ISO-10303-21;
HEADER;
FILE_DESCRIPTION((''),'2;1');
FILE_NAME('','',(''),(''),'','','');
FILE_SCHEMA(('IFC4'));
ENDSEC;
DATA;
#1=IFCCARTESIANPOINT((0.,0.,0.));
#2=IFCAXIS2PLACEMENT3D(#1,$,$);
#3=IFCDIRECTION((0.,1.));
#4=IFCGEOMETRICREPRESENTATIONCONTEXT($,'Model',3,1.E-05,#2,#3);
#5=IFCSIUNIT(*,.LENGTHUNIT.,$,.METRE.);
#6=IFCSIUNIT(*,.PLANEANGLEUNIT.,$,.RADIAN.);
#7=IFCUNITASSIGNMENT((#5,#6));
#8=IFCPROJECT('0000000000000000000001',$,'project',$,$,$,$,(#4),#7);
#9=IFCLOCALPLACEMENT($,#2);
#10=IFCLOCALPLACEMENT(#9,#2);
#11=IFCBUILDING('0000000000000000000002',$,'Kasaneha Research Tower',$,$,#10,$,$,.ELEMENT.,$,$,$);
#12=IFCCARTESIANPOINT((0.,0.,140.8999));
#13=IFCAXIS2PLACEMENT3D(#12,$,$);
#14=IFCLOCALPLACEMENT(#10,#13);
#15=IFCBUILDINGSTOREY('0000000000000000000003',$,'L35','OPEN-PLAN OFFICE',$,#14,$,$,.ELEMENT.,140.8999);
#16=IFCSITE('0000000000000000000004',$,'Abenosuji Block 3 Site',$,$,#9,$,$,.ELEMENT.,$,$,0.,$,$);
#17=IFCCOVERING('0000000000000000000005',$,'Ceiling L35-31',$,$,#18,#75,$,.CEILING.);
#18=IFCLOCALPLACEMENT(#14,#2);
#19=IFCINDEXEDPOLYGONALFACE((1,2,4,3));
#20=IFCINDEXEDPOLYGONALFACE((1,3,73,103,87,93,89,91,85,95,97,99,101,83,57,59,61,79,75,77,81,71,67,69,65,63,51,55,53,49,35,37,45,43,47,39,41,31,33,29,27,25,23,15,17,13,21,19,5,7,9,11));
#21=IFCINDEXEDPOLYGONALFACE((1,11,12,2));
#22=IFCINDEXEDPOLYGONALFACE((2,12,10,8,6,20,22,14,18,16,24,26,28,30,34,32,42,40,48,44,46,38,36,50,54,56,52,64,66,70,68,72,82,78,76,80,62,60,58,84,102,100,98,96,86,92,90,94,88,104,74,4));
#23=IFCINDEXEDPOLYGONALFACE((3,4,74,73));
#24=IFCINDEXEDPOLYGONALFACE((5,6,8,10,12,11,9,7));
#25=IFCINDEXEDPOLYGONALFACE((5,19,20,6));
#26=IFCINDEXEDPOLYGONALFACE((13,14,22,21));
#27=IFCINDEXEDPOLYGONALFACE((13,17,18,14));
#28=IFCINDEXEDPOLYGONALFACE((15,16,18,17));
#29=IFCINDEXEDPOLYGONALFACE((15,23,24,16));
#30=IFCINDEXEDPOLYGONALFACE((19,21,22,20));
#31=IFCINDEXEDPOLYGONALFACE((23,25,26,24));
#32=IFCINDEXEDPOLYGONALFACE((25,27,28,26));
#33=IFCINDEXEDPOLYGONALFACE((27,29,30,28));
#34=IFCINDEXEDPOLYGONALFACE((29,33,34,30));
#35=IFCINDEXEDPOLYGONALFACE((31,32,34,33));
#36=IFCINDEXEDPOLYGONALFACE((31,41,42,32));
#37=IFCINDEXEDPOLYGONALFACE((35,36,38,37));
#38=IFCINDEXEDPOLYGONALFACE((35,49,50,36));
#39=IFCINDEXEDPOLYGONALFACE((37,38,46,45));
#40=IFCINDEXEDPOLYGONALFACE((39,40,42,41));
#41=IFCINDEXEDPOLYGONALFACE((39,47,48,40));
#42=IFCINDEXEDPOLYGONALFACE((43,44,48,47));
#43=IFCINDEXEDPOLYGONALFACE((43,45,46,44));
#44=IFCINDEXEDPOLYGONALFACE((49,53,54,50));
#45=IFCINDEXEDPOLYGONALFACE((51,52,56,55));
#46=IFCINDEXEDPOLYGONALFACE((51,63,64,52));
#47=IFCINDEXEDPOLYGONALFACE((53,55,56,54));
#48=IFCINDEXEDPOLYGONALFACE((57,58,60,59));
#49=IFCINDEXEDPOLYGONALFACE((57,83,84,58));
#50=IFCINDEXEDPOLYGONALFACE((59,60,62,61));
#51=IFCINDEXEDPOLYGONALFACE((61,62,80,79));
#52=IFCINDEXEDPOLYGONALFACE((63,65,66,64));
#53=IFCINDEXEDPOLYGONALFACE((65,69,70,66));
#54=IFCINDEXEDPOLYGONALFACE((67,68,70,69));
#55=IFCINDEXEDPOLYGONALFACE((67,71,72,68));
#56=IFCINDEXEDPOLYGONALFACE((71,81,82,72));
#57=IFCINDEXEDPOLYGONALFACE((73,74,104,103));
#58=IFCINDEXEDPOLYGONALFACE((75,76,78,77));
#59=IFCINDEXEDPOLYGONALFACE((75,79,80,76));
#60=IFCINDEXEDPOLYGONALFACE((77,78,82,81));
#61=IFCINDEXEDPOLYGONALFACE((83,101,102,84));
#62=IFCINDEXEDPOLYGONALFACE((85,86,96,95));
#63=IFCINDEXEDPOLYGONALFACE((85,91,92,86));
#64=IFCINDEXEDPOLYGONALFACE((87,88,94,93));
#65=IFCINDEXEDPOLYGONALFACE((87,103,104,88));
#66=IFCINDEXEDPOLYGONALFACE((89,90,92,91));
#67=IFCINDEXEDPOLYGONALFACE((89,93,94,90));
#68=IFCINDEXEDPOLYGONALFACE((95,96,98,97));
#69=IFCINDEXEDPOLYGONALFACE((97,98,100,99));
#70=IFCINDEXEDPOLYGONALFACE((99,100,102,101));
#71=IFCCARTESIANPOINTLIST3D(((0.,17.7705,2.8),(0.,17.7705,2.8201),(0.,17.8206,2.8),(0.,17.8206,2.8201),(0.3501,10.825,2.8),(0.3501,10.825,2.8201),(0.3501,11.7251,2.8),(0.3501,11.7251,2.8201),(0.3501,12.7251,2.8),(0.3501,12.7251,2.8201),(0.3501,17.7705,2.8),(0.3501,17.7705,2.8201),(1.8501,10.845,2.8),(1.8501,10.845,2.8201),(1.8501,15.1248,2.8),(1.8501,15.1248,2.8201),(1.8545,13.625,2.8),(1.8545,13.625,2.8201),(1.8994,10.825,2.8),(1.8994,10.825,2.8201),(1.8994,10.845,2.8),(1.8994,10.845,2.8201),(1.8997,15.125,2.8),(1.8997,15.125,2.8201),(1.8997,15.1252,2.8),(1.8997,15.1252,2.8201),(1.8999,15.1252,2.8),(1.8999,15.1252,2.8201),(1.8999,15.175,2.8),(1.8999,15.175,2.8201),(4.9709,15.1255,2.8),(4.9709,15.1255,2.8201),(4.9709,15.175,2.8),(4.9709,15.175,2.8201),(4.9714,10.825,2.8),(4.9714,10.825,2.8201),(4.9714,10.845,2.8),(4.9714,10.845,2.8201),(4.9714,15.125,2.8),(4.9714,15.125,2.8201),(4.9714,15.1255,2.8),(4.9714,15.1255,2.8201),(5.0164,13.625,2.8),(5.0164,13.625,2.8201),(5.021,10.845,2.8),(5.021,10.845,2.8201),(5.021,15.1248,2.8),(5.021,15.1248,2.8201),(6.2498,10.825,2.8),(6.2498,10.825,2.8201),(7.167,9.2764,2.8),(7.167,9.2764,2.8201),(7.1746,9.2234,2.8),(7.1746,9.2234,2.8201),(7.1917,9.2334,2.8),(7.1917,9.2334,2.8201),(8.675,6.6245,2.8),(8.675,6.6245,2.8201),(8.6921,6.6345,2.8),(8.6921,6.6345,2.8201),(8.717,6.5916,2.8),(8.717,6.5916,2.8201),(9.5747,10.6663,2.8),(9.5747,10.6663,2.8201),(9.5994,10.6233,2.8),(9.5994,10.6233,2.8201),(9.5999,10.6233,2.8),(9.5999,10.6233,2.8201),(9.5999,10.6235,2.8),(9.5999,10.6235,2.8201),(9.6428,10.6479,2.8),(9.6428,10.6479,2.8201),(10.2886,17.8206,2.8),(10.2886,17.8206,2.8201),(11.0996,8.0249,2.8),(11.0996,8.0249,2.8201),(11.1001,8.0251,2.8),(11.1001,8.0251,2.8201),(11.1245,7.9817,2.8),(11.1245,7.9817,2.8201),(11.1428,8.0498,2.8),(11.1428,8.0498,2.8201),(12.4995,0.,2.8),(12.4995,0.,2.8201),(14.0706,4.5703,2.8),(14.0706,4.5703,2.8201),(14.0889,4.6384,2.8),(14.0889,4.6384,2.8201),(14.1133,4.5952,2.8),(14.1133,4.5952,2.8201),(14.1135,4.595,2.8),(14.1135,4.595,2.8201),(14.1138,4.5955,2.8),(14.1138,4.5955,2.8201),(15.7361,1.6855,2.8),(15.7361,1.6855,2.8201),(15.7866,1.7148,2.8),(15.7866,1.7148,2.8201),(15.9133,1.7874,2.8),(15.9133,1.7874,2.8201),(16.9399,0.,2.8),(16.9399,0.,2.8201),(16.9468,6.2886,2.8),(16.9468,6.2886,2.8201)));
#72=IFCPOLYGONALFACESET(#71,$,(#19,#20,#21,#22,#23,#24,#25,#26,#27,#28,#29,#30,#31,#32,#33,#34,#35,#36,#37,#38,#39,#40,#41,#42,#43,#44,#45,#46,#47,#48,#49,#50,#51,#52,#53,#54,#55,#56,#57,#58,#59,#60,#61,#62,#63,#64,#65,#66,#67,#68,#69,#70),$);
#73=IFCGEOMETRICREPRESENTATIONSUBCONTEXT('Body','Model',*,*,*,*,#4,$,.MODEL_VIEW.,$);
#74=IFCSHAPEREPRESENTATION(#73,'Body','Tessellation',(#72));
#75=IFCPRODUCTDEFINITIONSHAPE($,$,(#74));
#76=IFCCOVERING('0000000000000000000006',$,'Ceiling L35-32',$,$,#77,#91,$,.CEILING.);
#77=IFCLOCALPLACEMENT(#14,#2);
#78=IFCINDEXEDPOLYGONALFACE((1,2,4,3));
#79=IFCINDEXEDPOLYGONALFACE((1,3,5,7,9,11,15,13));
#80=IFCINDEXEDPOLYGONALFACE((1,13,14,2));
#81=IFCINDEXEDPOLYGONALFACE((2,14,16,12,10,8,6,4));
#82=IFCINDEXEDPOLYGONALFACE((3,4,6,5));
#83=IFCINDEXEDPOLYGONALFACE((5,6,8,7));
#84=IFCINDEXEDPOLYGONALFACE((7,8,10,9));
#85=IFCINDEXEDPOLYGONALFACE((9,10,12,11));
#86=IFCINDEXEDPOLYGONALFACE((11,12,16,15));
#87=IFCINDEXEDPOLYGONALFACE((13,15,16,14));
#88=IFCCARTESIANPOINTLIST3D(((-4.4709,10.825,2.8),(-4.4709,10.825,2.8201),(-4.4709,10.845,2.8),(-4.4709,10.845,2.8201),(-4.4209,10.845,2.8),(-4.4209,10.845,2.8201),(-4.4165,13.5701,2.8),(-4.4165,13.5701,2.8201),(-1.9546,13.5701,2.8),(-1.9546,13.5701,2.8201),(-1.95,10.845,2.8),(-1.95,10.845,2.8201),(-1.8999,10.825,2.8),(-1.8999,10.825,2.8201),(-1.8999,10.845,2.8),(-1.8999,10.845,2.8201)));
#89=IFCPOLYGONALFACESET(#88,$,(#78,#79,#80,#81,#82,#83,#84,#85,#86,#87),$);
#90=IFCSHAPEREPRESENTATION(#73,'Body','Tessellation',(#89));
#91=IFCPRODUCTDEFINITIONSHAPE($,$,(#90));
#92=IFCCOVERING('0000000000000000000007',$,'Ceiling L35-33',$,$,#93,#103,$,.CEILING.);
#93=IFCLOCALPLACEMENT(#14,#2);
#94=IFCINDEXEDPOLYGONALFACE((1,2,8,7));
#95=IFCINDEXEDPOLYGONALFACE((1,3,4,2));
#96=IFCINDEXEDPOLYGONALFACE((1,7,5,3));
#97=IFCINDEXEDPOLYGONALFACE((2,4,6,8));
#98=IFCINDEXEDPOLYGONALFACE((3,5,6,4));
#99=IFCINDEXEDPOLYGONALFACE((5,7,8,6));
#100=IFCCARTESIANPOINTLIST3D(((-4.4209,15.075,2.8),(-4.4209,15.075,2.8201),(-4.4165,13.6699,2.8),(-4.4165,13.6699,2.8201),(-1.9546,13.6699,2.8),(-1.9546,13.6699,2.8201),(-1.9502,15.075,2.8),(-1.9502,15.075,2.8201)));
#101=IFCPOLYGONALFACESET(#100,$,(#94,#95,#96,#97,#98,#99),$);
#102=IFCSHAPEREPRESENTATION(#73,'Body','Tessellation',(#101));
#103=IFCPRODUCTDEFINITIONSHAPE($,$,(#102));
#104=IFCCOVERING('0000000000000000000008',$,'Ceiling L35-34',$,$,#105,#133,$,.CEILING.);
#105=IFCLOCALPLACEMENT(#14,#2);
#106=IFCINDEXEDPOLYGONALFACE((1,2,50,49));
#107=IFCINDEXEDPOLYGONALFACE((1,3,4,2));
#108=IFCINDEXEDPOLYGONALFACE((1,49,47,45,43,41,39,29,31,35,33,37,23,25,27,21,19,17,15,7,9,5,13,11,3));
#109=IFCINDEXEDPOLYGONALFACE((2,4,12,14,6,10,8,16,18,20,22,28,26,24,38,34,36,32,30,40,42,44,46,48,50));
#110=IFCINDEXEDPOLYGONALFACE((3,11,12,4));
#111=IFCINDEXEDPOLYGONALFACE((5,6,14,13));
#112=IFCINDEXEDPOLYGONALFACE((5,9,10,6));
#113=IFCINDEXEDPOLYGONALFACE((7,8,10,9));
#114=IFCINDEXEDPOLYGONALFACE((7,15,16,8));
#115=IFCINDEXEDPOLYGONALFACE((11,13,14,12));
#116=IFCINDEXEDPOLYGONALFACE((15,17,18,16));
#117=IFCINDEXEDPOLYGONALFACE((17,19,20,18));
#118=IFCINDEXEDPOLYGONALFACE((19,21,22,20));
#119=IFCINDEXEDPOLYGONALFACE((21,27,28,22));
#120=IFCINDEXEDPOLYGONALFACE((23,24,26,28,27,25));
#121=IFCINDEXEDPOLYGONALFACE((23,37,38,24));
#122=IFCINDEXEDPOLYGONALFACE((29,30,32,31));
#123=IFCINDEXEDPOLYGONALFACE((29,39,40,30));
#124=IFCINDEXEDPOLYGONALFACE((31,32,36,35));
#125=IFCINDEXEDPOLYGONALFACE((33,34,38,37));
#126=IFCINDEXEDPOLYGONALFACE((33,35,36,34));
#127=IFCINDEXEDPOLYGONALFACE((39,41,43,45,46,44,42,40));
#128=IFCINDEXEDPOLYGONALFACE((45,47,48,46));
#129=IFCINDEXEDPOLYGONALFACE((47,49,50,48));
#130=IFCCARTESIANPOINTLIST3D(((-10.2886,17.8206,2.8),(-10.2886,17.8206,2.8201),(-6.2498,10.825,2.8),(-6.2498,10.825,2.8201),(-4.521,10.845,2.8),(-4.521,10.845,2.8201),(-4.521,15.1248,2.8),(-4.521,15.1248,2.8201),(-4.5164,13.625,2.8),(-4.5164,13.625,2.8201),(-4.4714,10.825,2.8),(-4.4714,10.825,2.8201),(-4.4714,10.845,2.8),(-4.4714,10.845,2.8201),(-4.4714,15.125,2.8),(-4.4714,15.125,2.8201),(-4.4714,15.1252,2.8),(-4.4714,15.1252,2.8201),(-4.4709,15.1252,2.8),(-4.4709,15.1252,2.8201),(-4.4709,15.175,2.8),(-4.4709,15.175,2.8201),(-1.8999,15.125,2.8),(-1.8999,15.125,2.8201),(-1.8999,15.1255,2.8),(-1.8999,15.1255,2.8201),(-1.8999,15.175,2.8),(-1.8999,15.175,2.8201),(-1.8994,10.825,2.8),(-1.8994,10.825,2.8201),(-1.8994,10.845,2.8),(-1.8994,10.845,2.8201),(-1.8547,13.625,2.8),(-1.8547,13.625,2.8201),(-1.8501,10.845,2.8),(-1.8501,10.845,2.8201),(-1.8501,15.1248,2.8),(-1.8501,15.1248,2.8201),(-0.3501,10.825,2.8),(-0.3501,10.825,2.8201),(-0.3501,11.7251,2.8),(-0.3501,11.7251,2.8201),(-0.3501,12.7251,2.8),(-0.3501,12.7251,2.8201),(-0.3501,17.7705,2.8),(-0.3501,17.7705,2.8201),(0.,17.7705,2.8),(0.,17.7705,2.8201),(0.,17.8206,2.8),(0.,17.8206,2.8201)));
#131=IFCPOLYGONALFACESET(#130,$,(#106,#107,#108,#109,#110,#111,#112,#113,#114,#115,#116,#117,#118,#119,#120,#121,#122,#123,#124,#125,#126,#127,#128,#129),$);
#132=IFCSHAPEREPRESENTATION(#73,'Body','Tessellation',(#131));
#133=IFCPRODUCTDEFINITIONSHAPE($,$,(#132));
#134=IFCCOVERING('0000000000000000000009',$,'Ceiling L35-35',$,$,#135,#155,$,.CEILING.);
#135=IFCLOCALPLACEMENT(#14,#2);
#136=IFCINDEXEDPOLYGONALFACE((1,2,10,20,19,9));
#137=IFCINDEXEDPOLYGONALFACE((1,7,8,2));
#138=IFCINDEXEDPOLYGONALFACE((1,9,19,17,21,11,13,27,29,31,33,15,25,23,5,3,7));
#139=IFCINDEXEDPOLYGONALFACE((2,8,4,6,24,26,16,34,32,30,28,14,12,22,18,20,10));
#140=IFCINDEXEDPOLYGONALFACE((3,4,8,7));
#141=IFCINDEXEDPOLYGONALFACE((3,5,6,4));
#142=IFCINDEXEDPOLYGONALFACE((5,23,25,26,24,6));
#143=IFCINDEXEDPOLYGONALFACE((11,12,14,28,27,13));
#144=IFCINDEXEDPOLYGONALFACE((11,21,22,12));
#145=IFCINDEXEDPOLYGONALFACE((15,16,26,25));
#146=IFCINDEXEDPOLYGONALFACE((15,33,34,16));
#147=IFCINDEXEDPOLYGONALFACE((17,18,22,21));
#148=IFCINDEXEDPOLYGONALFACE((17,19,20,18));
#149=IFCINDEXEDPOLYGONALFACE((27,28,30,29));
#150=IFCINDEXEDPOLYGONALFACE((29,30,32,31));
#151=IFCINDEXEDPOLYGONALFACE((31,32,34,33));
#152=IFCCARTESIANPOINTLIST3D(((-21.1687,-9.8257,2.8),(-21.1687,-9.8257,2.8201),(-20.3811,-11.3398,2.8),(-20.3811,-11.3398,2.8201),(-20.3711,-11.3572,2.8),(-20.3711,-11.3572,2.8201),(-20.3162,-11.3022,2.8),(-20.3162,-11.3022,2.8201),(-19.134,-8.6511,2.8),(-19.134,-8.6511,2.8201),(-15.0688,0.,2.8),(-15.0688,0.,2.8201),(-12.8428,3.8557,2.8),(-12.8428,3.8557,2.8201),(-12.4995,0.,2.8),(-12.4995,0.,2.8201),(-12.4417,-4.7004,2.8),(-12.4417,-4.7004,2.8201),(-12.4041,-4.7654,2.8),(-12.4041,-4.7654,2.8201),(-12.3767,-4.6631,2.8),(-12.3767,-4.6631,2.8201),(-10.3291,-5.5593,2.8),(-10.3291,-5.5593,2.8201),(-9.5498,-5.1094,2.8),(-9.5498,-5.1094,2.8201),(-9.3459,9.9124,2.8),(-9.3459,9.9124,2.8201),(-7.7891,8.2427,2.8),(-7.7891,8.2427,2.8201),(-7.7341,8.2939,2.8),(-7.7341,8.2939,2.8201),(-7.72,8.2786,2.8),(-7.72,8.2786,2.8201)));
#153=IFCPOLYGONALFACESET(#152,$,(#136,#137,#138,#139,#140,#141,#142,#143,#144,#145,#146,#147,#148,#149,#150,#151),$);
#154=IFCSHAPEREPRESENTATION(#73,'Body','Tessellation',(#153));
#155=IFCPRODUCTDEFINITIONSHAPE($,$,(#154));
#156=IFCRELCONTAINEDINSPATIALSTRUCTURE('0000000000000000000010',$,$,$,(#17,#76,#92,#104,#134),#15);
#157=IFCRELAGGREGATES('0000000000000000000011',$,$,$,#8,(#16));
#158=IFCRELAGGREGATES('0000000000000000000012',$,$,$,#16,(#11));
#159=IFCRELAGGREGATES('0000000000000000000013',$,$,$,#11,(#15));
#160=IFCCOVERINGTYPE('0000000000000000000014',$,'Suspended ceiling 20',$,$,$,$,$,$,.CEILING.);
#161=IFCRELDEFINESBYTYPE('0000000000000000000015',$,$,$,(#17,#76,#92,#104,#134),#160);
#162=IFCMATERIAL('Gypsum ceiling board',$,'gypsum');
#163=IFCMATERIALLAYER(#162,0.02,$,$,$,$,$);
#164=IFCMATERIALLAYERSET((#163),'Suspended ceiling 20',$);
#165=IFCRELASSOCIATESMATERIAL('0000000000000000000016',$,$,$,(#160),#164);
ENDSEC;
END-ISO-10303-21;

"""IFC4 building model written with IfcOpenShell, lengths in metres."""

from ifc_helpers import new_model, si_unit, direction, frame, origin, place, context, subcontext, project, spatial, polyline, outline, extrude, material, layer, layer_set, type_object, element, save


model = new_model("IFC4")

# Units and contexts
model_context = context("Model", 3, precision=1e-05, world=origin(), true_north=direction((0.0, 1.0)))
body_context = subcontext(model_context, "Body", "Model", "MODEL_VIEW")
ifc_project = project(units=[si_unit("LENGTHUNIT", "METRE"), si_unit("PLANEANGLEUNIT", "RADIAN")], contexts=[model_context])

# Site, building, storey
site_placement = place(None, origin())
site = spatial("IfcSite", under=ifc_project, at=site_placement, Name="Abenosuji Block 3 Site", CompositionType="ELEMENT", RefElevation=0.0)
building_placement = place(site_placement, origin())
building = spatial("IfcBuilding", under=site, at=building_placement, Name="Kasaneha Research Tower", CompositionType="ELEMENT")
storey_placement = place(building_placement, frame((0.0, 0.0, 140.8999)))
storey = spatial("IfcBuildingStorey", under=building, at=storey_placement, Name="L35", Description="OPEN-PLAN OFFICE", CompositionType="ELEMENT", Elevation=140.8999)

# Coverings
ifc_material_1 = material(Name="Gypsum ceiling board", Category="gypsum")
ifc_layer_1 = layer(ifc_material_1, 0.02)
ifc_layer_set_1 = layer_set([ifc_layer_1], Name="Suspended ceiling 20")
covering_type = type_object("IfcCoveringType", Name="Suspended ceiling 20", PredefinedType="CEILING", material=ifc_layer_set_1)
covering_1_placement = place(storey_placement, frame((0.0, 0.0, 2.8)))
element("IfcCovering", 1, at=covering_1_placement, inside=storey, type_object=covering_type, Name="Ceiling L35-31", PredefinedType="CEILING", context=body_context, shape_type="SweptSolid", body=[
    extrude(outline(polyline([(8.6921, 6.6345), (8.717, 6.5916), (11.1245, 7.9817), (11.0996, 8.0249), (11.1001, 8.0251), (11.1001, 8.0251), (11.1428, 8.0498), (9.6428, 10.6479), (9.5999, 10.6233), (9.5999, 10.6235), (9.5994, 10.6233), (9.5747, 10.6663), (7.167, 9.2764), (7.1917, 9.2334), (7.1746, 9.2234), (6.2498, 10.825), (4.9714, 10.825), (4.9714, 10.845), (5.021, 10.845), (5.0164, 13.625), (5.021, 15.1248), (4.9714, 15.125), (4.9714, 15.1255), (4.9709, 15.1255), (4.9709, 15.175), (1.8999, 15.175), (1.8999, 15.1252), (1.8997, 15.1252), (1.8997, 15.125), (1.8501, 15.1248), (1.8545, 13.625), (1.8501, 10.845), (1.8994, 10.845), (1.8994, 10.825), (0.3501, 10.825), (0.3501, 11.7251), (0.3501, 12.7251), (0.3501, 17.7705), (0.3501, 17.7705), (0.0, 17.7705), (0.0, 17.8206), (10.2886, 17.8206), (16.9468, 6.2886), (14.0889, 4.6384), (14.1138, 4.5955), (14.1133, 4.5952), (14.1135, 4.595), (14.0706, 4.5703), (15.7361, 1.6855), (15.7866, 1.7148), (15.9133, 1.7874), (16.9399, 0.0), (12.4995, 0.0), (8.675, 6.6245), (8.6921, 6.6345)])), origin(), (0.0, 0.0, 1.0), 0.02),
])
covering_2_placement = place(storey_placement, frame((0.0, 0.0, 2.8)))
element("IfcCovering", 2, at=covering_2_placement, inside=storey, type_object=covering_type, Name="Ceiling L35-32", PredefinedType="CEILING", context=body_context, shape_type="SweptSolid", body=[
    extrude(outline(polyline([(-4.4709, 10.825), (-4.4709, 10.845), (-4.4209, 10.845), (-4.4165, 13.5701), (-1.9546, 13.5701), (-1.95, 10.845), (-1.8999, 10.845), (-1.8999, 10.825), (-4.4709, 10.825)])), origin(), (0.0, 0.0, 1.0), 0.02),
])
covering_3_placement = place(storey_placement, frame((0.0, 0.0, 2.8)))
element("IfcCovering", 3, at=covering_3_placement, inside=storey, type_object=covering_type, Name="Ceiling L35-33", PredefinedType="CEILING", context=body_context, shape_type="SweptSolid", body=[
    extrude(outline(polyline([(-1.9502, 15.075), (-1.9546, 13.6699), (-4.4165, 13.6699), (-4.4209, 15.075), (-1.9502, 15.075)])), origin(), (0.0, 0.0, 1.0), 0.02),
])
covering_4_placement = place(storey_placement, frame((0.0, 0.0, 2.8)))
element("IfcCovering", 4, at=covering_4_placement, inside=storey, type_object=covering_type, Name="Ceiling L35-34", PredefinedType="CEILING", context=body_context, shape_type="SweptSolid", body=[
    extrude(outline(polyline([(-0.3501, 11.7251), (-0.3501, 10.825), (-1.8994, 10.825), (-1.8994, 10.845), (-1.8501, 10.845), (-1.8547, 13.625), (-1.8501, 15.1248), (-1.8999, 15.125), (-1.8999, 15.1255), (-1.8999, 15.175), (-4.4709, 15.175), (-4.4709, 15.1252), (-4.4714, 15.1252), (-4.4714, 15.125), (-4.521, 15.1248), (-4.5164, 13.625), (-4.521, 10.845), (-4.4714, 10.845), (-4.4714, 10.825), (-6.2498, 10.825), (-10.2886, 17.8206), (0.0, 17.8206), (0.0, 17.7705), (-0.3501, 17.7705), (-0.3501, 17.7705), (-0.3501, 12.7251), (-0.3501, 11.7251)])), origin(), (0.0, 0.0, 1.0), 0.02),
])
covering_5_placement = place(storey_placement, frame((0.0, 0.0, 2.8)))
element("IfcCovering", 5, at=covering_5_placement, inside=storey, type_object=covering_type, Name="Ceiling L35-35", PredefinedType="CEILING", context=body_context, shape_type="SweptSolid", body=[
    extrude(outline(polyline([(-9.5498, -5.1094), (-10.3291, -5.5593), (-10.3291, -5.5593), (-20.3711, -11.3572), (-20.3811, -11.3398), (-20.3162, -11.3022), (-21.1687, -9.8257), (-19.134, -8.6511), (-19.134, -8.6511), (-12.4041, -4.7654), (-12.4417, -4.7004), (-12.3767, -4.6631), (-15.0688, 0.0), (-12.8428, 3.8557), (-12.8428, 3.8557), (-9.3459, 9.9124), (-7.7891, 8.2427), (-7.7341, 8.2939), (-7.72, 8.2786), (-12.4995, 0.0), (-9.5498, -5.1094)])), origin(), (0.0, 0.0, 1.0), 0.02),
])

save(model, "model.ifc")
